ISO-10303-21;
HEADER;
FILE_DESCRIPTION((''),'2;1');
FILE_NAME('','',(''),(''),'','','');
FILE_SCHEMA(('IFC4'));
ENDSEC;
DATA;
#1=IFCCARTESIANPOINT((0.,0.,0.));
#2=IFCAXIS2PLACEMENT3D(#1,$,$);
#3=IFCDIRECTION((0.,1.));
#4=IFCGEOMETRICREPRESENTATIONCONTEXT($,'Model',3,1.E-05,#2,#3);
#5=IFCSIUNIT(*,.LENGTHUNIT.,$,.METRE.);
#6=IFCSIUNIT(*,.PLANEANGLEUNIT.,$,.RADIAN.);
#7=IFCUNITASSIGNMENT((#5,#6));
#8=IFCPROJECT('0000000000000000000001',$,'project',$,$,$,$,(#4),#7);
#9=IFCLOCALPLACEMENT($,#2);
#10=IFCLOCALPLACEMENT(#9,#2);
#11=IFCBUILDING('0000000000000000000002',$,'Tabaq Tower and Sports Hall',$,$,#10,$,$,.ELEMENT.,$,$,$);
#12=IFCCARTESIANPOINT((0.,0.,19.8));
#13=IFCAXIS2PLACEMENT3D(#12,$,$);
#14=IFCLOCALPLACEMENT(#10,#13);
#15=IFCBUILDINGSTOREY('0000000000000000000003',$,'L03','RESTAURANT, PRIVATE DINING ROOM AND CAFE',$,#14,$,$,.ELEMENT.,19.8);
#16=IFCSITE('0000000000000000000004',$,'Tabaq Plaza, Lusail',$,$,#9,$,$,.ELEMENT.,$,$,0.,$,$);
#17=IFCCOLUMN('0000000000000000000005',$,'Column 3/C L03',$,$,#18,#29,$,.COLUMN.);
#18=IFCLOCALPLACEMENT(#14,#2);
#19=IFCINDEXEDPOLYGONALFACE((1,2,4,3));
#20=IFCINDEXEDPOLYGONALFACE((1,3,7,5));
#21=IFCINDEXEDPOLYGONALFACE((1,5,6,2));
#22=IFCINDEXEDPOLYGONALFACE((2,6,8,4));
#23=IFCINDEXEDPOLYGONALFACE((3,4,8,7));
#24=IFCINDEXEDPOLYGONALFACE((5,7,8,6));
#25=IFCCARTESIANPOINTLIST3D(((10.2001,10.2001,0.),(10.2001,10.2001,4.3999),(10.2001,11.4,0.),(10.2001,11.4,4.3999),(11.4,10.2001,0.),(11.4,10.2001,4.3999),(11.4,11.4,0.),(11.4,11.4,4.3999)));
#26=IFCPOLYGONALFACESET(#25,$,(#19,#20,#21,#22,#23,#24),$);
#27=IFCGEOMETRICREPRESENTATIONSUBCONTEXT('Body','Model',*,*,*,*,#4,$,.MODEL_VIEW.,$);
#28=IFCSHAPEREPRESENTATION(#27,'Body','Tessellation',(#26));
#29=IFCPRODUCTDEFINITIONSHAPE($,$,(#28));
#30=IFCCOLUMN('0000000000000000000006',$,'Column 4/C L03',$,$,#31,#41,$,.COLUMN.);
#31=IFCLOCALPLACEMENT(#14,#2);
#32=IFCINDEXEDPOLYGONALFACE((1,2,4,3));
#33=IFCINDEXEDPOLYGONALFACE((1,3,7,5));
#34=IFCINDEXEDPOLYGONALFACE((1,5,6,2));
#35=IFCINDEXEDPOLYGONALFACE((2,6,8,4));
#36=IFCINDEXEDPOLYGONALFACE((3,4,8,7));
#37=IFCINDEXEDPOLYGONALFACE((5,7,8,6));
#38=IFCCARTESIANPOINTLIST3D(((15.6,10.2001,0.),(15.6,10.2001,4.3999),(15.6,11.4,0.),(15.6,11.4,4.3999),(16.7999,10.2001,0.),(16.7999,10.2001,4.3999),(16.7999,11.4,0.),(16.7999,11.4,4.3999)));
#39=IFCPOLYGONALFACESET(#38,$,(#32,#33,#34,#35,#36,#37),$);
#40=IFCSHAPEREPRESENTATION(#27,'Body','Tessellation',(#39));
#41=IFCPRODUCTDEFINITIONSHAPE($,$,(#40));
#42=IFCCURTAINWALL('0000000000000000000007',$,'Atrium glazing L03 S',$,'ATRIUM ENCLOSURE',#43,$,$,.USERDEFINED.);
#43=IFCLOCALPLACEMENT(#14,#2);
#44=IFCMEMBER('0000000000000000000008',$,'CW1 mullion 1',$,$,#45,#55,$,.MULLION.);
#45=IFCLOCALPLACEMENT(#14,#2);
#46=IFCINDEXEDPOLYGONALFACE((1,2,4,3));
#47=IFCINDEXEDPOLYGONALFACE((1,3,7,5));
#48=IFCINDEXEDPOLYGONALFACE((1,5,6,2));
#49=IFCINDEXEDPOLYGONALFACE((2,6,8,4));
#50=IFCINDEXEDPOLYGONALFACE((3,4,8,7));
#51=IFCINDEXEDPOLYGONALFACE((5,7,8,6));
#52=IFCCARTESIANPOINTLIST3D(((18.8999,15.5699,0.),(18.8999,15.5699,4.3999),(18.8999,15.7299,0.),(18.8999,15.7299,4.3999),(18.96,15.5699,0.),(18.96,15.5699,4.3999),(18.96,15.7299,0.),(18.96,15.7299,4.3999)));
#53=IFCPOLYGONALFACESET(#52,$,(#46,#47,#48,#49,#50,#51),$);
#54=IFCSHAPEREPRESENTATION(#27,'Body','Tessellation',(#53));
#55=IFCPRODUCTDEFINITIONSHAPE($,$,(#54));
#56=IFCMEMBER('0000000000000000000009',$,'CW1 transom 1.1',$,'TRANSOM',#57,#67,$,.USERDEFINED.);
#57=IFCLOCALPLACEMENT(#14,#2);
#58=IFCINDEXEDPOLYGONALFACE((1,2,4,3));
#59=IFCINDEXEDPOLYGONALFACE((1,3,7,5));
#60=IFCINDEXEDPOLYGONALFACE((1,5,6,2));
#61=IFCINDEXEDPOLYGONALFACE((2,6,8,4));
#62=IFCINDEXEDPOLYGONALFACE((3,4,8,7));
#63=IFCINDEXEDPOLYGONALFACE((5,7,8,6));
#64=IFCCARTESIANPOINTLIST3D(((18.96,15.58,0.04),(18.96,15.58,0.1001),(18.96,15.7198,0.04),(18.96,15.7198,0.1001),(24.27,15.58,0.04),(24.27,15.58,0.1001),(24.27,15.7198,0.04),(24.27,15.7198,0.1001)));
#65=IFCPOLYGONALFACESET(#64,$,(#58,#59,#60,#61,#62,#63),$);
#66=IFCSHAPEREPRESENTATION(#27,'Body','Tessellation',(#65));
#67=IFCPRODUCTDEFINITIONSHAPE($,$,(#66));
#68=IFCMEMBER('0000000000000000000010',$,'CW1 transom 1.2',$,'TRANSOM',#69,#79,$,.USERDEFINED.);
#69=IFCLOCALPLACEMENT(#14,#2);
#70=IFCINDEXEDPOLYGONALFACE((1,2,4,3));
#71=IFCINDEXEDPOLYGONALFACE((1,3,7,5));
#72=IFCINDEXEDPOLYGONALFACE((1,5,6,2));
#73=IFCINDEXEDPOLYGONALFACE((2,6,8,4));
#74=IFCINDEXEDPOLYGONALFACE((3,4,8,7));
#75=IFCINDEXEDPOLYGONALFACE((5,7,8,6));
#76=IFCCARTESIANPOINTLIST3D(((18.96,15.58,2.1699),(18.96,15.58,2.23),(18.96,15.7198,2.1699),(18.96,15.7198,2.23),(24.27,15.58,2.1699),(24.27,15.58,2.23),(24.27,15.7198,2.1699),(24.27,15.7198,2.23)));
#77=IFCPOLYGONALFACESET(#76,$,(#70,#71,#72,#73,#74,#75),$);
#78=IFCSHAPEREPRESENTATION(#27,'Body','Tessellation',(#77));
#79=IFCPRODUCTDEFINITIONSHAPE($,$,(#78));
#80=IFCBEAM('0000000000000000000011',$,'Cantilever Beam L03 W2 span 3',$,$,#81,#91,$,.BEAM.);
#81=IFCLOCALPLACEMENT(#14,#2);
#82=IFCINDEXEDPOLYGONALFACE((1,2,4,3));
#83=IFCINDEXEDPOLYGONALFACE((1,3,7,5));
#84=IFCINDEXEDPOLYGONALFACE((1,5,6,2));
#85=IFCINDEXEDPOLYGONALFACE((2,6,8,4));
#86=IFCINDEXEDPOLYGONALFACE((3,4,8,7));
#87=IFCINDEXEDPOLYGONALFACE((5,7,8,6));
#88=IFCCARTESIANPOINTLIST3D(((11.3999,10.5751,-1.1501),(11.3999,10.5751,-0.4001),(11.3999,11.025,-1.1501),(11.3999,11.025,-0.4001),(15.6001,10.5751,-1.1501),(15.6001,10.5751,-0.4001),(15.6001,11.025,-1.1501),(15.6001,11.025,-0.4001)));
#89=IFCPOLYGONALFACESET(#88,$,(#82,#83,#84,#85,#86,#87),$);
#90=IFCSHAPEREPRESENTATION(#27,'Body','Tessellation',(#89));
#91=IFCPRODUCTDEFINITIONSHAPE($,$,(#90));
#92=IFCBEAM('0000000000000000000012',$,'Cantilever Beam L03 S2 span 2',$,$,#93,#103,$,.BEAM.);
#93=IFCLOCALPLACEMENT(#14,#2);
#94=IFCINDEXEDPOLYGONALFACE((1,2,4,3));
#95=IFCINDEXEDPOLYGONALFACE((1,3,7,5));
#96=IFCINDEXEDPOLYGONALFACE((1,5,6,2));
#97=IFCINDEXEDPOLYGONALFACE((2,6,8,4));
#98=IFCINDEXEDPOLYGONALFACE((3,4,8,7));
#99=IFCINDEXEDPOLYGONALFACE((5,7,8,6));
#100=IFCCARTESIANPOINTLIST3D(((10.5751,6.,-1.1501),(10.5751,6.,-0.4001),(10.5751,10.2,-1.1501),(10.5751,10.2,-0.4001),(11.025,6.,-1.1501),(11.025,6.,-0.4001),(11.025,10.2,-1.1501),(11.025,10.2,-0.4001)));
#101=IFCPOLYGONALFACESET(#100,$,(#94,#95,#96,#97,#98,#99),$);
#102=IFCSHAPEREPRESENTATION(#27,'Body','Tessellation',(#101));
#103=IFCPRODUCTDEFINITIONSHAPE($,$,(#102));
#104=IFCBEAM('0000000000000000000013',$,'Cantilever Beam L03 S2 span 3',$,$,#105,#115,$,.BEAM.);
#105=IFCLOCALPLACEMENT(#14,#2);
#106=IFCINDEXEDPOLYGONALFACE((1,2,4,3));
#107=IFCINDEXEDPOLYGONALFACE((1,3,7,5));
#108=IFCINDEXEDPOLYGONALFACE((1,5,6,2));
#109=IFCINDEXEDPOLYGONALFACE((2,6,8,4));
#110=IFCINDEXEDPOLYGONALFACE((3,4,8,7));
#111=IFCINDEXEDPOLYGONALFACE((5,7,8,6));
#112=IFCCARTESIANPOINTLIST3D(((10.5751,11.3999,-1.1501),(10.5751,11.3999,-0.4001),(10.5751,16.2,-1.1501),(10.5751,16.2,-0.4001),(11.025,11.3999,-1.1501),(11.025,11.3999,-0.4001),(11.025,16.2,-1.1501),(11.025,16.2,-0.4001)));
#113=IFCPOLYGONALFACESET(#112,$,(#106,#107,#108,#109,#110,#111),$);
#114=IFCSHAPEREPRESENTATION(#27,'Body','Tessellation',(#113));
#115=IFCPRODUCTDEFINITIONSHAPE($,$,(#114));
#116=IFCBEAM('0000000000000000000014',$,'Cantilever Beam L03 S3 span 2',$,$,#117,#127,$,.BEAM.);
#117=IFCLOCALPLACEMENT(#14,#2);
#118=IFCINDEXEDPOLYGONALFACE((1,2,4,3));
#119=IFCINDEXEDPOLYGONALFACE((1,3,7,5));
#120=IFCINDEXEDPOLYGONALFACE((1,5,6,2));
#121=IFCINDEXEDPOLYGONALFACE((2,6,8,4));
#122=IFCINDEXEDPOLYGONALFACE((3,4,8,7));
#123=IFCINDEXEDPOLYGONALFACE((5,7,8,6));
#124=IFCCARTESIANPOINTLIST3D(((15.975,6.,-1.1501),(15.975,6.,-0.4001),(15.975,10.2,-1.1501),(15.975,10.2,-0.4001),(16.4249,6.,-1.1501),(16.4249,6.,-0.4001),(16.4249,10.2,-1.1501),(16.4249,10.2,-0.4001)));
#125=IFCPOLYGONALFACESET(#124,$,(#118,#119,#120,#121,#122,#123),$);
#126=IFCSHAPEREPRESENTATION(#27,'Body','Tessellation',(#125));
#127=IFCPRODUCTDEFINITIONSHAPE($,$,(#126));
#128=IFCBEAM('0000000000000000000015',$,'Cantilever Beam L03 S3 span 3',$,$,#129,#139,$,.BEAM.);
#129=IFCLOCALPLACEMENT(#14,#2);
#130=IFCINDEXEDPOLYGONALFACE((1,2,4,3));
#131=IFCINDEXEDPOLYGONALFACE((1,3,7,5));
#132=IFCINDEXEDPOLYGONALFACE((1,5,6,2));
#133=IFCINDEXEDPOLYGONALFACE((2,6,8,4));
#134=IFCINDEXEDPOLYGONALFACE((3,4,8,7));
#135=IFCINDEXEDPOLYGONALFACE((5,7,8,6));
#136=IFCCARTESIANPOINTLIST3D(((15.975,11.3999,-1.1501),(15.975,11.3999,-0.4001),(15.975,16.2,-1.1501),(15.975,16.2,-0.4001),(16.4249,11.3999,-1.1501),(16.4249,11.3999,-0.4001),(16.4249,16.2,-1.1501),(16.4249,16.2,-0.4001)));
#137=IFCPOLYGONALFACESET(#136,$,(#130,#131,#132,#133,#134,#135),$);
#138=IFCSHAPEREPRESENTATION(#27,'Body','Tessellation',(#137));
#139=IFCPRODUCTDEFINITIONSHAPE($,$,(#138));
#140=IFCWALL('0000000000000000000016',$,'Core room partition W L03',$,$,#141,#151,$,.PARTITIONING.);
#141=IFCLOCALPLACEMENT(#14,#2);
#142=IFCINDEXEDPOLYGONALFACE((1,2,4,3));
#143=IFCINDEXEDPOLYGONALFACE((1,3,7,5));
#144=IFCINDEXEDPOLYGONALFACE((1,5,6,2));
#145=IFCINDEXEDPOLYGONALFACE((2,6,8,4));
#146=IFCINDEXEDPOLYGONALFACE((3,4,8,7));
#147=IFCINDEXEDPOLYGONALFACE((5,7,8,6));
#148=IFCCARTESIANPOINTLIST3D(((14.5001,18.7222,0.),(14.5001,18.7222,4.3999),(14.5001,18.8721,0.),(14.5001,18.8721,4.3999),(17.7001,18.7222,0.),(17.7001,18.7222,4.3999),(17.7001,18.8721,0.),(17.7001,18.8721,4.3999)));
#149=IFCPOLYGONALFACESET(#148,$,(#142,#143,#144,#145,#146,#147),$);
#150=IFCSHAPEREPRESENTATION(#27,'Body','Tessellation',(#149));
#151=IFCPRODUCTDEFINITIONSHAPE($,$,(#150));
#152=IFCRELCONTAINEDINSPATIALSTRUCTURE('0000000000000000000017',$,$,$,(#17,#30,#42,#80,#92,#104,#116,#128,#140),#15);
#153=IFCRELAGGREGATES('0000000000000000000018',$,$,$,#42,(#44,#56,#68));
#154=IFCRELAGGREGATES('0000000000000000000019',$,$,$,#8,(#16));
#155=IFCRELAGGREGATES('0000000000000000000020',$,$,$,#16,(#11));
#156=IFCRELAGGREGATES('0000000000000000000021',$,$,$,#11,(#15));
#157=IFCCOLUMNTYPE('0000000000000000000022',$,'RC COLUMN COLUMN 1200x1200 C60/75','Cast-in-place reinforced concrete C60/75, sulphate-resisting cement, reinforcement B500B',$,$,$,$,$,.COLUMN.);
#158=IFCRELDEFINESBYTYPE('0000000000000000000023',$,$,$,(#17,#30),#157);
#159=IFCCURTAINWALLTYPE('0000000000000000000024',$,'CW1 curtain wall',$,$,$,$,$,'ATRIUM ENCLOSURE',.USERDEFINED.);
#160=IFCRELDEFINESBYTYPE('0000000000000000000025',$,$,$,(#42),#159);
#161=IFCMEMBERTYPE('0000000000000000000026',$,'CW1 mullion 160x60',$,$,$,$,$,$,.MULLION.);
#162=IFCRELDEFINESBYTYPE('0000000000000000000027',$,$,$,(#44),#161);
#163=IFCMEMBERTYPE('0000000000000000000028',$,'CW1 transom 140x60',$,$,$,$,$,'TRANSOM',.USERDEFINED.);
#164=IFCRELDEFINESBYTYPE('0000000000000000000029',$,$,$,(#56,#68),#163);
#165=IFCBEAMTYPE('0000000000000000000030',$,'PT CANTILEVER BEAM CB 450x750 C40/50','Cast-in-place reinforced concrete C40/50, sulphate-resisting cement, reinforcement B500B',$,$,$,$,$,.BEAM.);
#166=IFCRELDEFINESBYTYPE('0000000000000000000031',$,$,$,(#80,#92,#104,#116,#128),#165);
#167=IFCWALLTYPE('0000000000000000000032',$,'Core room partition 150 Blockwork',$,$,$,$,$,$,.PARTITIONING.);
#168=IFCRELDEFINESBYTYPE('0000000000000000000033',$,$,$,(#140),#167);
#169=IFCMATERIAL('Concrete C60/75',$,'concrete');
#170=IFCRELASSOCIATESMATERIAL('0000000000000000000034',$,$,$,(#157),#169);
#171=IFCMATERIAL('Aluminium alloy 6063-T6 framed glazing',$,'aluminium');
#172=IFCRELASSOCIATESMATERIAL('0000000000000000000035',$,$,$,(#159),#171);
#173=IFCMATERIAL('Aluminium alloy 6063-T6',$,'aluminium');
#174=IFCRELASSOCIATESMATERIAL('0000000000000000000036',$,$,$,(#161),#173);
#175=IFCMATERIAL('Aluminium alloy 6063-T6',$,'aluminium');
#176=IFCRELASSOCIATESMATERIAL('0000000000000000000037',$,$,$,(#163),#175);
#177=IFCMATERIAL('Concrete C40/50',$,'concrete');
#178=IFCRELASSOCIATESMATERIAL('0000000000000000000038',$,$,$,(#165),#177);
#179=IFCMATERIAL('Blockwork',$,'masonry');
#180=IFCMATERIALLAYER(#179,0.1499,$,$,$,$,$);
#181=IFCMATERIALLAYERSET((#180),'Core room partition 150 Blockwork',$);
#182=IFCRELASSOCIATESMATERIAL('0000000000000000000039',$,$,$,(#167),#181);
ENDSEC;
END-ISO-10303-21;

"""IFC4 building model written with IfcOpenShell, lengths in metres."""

from ifc_helpers import new_model, si_unit, direction, frame, frame_2d, origin, origin_2d, place, context, subcontext, project, spatial, rectangle, extrude, material, layer, layer_set, material_profile, profile_set, type_object, element, aggregate, save


model = new_model("IFC4")

# Units and contexts
model_context = context("Model", 3, precision=1e-05, world=origin(), true_north=direction((0.0, 1.0)))
body_context = subcontext(model_context, "Body", "Model", "MODEL_VIEW")
ifc_project = project(units=[si_unit("LENGTHUNIT", "METRE"), si_unit("PLANEANGLEUNIT", "RADIAN")], contexts=[model_context])

# Site, building, storey
site_placement = place(None, origin())
site = spatial("IfcSite", under=ifc_project, at=site_placement, Name="Tabaq Plaza, Lusail", CompositionType="ELEMENT", RefElevation=0.0)
building_placement = place(site_placement, origin())
building = spatial("IfcBuilding", under=site, at=building_placement, Name="Tabaq Tower and Sports Hall", CompositionType="ELEMENT")
storey_placement = place(building_placement, frame((0.0, 0.0, 19.8)))
storey = spatial("IfcBuildingStorey", under=building, at=storey_placement, Name="L03", Description="RESTAURANT, PRIVATE DINING ROOM AND CAFE", CompositionType="ELEMENT", Elevation=19.8)

# Columns
ifc_material_1 = material(Name="Concrete C60/75", Category="concrete")
ifc_material_profile_1 = material_profile(ifc_material_1, rectangle(XDim=1.2, YDim=1.2, at=origin_2d()), Name="COLUMN 1200x1200")
ifc_profile_set_1 = profile_set([ifc_material_profile_1], Name="Concrete C60/75")
column_type = type_object("IfcColumnType", Name="RC COLUMN COLUMN 1200x1200 C60/75", Description="Cast-in-place reinforced concrete C60/75, sulphate-resisting cement, reinforcement B500B", PredefinedType="COLUMN", material=ifc_profile_set_1)
for number, where, z_axis, x_axis, name in (
    (1, (10.8, 10.8, 0.0), (0.0, 0.0, 1.0), (1.0, 0.0, 0.0), "Column 3/C L03"),
    (2, (16.2, 10.8, 0.0), (0.0, 0.0, 1.0), (1.0, 0.0, 0.0), "Column 4/C L03"),
):
    element("IfcColumn", number, at=place(storey_placement, frame(where, z_axis=z_axis, x_axis=x_axis)), inside=storey, type_object=column_type, Name=name, PredefinedType="COLUMN", context=body_context, shape_type="SweptSolid", body=[
        extrude(rectangle(XDim=1.2, YDim=1.2, at=origin_2d()), origin(), (0.0, 0.0, 1.0), 4.3999),
    ])

# Curtain wall, members
ifc_material_2 = material(Name="Aluminium alloy 6063-T6 framed glazing", Category="aluminium")
curtain_wall_type = type_object("IfcCurtainWallType", Name="CW1 curtain wall", ElementType="ATRIUM ENCLOSURE", PredefinedType="USERDEFINED", material=ifc_material_2)
curtain_wall_placement = place(storey_placement, origin())
curtain_wall = element("IfcCurtainWall", 3, at=curtain_wall_placement, inside=storey, type_object=curtain_wall_type, Name="Atrium glazing L03 S", ObjectType="ATRIUM ENCLOSURE", PredefinedType="USERDEFINED")
ifc_material_3 = material(Name="Aluminium alloy 6063-T6", Category="aluminium")
ifc_material_profile_2 = material_profile(ifc_material_3, rectangle(XDim=0.1599, YDim=0.0601, at=origin_2d()), Name="MULLION 160x60")
ifc_profile_set_2 = profile_set([ifc_material_profile_2], Name="Aluminium alloy 6063-T6")
member_type_1 = type_object("IfcMemberType", Name="CW1 mullion 160x60", PredefinedType="MULLION", material=ifc_profile_set_2)
member_1_placement = place(storey_placement, frame((18.9299, 15.6499, 0.0), z_axis=(0.0, 0.0, 1.0), x_axis=(0.0, 1.0, 0.0)))
member_1 = element("IfcMember", 4, at=member_1_placement, type_object=member_type_1, Name="CW1 mullion 1", PredefinedType="MULLION", context=body_context, shape_type="SweptSolid", body=[
    extrude(rectangle(XDim=0.1599, YDim=0.0601, at=origin_2d()), origin(), (0.0, 0.0, 1.0), 4.3999),
])
ifc_material_4 = material(Name="Aluminium alloy 6063-T6", Category="aluminium")
ifc_material_profile_3 = material_profile(ifc_material_4, rectangle(XDim=0.1399, YDim=0.0601, at=origin_2d()), Name="TRANSOM 140x60")
ifc_profile_set_3 = profile_set([ifc_material_profile_3], Name="Aluminium alloy 6063-T6")
member_type_2 = type_object("IfcMemberType", Name="CW1 transom 140x60", ElementType="TRANSOM", PredefinedType="USERDEFINED", material=ifc_profile_set_3)
member_2_placement = place(storey_placement, frame((18.96, 15.6499, 0.0701), z_axis=(1.0, 0.0, 0.0), x_axis=(0.0, 1.0, 0.0)))
member_2 = element("IfcMember", 5, at=member_2_placement, type_object=member_type_2, Name="CW1 transom 1.1", ObjectType="TRANSOM", PredefinedType="USERDEFINED", context=body_context, shape_type="SweptSolid", body=[
    extrude(rectangle(XDim=0.1399, YDim=0.0601, at=origin_2d()), origin(), (0.0, 0.0, 1.0), 5.3101),
])
member_3_placement = place(storey_placement, frame((18.96, 15.6499, 2.2), z_axis=(1.0, 0.0, 0.0), x_axis=(0.0, 1.0, 0.0)))
member_3 = element("IfcMember", 6, at=member_3_placement, type_object=member_type_2, Name="CW1 transom 1.2", ObjectType="TRANSOM", PredefinedType="USERDEFINED", context=body_context, shape_type="SweptSolid", body=[
    extrude(rectangle(XDim=0.1399, YDim=0.0601, at=origin_2d()), origin(), (0.0, 0.0, 1.0), 5.3101),
])
aggregate(curtain_wall, [member_1, member_2, member_3])

# Beams
ifc_material_5 = material(Name="Concrete C40/50", Category="concrete")
ifc_material_profile_4 = material_profile(ifc_material_5, rectangle(XDim=0.45, YDim=0.75, at=origin_2d()), Name="CB 450x750")
ifc_profile_set_4 = profile_set([ifc_material_profile_4], Name="Concrete C40/50")
beam_type = type_object("IfcBeamType", Name="PT CANTILEVER BEAM CB 450x750 C40/50", Description="Cast-in-place reinforced concrete C40/50, sulphate-resisting cement, reinforcement B500B", PredefinedType="BEAM", material=ifc_profile_set_4)
beam_1_placement = place(storey_placement, frame((11.3999, 10.8, -0.7751), z_axis=(1.0, 0.0, 0.0), x_axis=(0.0, 1.0, 0.0)))
element("IfcBeam", 7, at=beam_1_placement, inside=storey, type_object=beam_type, Name="Cantilever Beam L03 W2 span 3", PredefinedType="BEAM", context=body_context, shape_type="SweptSolid", body=[
    extrude(rectangle(XDim=0.45, YDim=0.75, at=origin_2d()), origin(), (0.0, 0.0, 1.0), 4.2002),
])
beam_2_placement = place(storey_placement, frame((10.8, 6.0, -0.7751), z_axis=(0.0, 1.0, 0.0), x_axis=(-1.0, 0.0, 0.0)))
element("IfcBeam", 8, at=beam_2_placement, inside=storey, type_object=beam_type, Name="Cantilever Beam L03 S2 span 2", PredefinedType="BEAM", context=body_context, shape_type="SweptSolid", body=[
    extrude(rectangle(XDim=0.45, YDim=0.75, at=origin_2d()), origin(), (0.0, 0.0, 1.0), 4.2),
])
beam_3_placement = place(storey_placement, frame((10.8, 11.3999, -0.7751), z_axis=(0.0, 1.0, 0.0), x_axis=(-1.0, 0.0, 0.0)))
element("IfcBeam", 9, at=beam_3_placement, inside=storey, type_object=beam_type, Name="Cantilever Beam L03 S2 span 3", PredefinedType="BEAM", context=body_context, shape_type="SweptSolid", body=[
    extrude(rectangle(XDim=0.45, YDim=0.75, at=origin_2d()), origin(), (0.0, 0.0, 1.0), 4.8),
])
beam_4_placement = place(storey_placement, frame((16.2, 6.0, -0.7751), z_axis=(0.0, 1.0, 0.0), x_axis=(-1.0, 0.0, 0.0)))
element("IfcBeam", 10, at=beam_4_placement, inside=storey, type_object=beam_type, Name="Cantilever Beam L03 S3 span 2", PredefinedType="BEAM", context=body_context, shape_type="SweptSolid", body=[
    extrude(rectangle(XDim=0.45, YDim=0.75, at=origin_2d()), origin(), (0.0, 0.0, 1.0), 4.2),
])
beam_5_placement = place(storey_placement, frame((16.2, 11.3999, -0.7751), z_axis=(0.0, 1.0, 0.0), x_axis=(-1.0, 0.0, 0.0)))
element("IfcBeam", 11, at=beam_5_placement, inside=storey, type_object=beam_type, Name="Cantilever Beam L03 S3 span 3", PredefinedType="BEAM", context=body_context, shape_type="SweptSolid", body=[
    extrude(rectangle(XDim=0.45, YDim=0.75, at=origin_2d()), origin(), (0.0, 0.0, 1.0), 4.8),
])

# Wall
ifc_material_6 = material(Name="Blockwork", Category="masonry")
ifc_layer_1 = layer(ifc_material_6, 0.1499)
ifc_layer_set_1 = layer_set([ifc_layer_1], Name="Core room partition 150 Blockwork")
wall_type_1 = type_object("IfcWallType", Name="Core room partition 150 Blockwork", PredefinedType="PARTITIONING", material=ifc_layer_set_1)
wall_1_placement = place(storey_placement, frame((14.5, 18.7971, 0.0), z_axis=(0.0, 0.0, 1.0), x_axis=(1.0, 0.0, 0.0)))
element("IfcWall", 12, at=wall_1_placement, inside=storey, type_object=wall_type_1, Name="Core room partition W L03", PredefinedType="PARTITIONING", context=body_context, shape_type="SweptSolid", body=[
    extrude(rectangle(XDim=3.2, YDim=0.1499, at=frame_2d((1.6001, 0.0))), origin(), (0.0, 0.0, 1.0), 4.3999),
])

save(model, "model.ifc")
